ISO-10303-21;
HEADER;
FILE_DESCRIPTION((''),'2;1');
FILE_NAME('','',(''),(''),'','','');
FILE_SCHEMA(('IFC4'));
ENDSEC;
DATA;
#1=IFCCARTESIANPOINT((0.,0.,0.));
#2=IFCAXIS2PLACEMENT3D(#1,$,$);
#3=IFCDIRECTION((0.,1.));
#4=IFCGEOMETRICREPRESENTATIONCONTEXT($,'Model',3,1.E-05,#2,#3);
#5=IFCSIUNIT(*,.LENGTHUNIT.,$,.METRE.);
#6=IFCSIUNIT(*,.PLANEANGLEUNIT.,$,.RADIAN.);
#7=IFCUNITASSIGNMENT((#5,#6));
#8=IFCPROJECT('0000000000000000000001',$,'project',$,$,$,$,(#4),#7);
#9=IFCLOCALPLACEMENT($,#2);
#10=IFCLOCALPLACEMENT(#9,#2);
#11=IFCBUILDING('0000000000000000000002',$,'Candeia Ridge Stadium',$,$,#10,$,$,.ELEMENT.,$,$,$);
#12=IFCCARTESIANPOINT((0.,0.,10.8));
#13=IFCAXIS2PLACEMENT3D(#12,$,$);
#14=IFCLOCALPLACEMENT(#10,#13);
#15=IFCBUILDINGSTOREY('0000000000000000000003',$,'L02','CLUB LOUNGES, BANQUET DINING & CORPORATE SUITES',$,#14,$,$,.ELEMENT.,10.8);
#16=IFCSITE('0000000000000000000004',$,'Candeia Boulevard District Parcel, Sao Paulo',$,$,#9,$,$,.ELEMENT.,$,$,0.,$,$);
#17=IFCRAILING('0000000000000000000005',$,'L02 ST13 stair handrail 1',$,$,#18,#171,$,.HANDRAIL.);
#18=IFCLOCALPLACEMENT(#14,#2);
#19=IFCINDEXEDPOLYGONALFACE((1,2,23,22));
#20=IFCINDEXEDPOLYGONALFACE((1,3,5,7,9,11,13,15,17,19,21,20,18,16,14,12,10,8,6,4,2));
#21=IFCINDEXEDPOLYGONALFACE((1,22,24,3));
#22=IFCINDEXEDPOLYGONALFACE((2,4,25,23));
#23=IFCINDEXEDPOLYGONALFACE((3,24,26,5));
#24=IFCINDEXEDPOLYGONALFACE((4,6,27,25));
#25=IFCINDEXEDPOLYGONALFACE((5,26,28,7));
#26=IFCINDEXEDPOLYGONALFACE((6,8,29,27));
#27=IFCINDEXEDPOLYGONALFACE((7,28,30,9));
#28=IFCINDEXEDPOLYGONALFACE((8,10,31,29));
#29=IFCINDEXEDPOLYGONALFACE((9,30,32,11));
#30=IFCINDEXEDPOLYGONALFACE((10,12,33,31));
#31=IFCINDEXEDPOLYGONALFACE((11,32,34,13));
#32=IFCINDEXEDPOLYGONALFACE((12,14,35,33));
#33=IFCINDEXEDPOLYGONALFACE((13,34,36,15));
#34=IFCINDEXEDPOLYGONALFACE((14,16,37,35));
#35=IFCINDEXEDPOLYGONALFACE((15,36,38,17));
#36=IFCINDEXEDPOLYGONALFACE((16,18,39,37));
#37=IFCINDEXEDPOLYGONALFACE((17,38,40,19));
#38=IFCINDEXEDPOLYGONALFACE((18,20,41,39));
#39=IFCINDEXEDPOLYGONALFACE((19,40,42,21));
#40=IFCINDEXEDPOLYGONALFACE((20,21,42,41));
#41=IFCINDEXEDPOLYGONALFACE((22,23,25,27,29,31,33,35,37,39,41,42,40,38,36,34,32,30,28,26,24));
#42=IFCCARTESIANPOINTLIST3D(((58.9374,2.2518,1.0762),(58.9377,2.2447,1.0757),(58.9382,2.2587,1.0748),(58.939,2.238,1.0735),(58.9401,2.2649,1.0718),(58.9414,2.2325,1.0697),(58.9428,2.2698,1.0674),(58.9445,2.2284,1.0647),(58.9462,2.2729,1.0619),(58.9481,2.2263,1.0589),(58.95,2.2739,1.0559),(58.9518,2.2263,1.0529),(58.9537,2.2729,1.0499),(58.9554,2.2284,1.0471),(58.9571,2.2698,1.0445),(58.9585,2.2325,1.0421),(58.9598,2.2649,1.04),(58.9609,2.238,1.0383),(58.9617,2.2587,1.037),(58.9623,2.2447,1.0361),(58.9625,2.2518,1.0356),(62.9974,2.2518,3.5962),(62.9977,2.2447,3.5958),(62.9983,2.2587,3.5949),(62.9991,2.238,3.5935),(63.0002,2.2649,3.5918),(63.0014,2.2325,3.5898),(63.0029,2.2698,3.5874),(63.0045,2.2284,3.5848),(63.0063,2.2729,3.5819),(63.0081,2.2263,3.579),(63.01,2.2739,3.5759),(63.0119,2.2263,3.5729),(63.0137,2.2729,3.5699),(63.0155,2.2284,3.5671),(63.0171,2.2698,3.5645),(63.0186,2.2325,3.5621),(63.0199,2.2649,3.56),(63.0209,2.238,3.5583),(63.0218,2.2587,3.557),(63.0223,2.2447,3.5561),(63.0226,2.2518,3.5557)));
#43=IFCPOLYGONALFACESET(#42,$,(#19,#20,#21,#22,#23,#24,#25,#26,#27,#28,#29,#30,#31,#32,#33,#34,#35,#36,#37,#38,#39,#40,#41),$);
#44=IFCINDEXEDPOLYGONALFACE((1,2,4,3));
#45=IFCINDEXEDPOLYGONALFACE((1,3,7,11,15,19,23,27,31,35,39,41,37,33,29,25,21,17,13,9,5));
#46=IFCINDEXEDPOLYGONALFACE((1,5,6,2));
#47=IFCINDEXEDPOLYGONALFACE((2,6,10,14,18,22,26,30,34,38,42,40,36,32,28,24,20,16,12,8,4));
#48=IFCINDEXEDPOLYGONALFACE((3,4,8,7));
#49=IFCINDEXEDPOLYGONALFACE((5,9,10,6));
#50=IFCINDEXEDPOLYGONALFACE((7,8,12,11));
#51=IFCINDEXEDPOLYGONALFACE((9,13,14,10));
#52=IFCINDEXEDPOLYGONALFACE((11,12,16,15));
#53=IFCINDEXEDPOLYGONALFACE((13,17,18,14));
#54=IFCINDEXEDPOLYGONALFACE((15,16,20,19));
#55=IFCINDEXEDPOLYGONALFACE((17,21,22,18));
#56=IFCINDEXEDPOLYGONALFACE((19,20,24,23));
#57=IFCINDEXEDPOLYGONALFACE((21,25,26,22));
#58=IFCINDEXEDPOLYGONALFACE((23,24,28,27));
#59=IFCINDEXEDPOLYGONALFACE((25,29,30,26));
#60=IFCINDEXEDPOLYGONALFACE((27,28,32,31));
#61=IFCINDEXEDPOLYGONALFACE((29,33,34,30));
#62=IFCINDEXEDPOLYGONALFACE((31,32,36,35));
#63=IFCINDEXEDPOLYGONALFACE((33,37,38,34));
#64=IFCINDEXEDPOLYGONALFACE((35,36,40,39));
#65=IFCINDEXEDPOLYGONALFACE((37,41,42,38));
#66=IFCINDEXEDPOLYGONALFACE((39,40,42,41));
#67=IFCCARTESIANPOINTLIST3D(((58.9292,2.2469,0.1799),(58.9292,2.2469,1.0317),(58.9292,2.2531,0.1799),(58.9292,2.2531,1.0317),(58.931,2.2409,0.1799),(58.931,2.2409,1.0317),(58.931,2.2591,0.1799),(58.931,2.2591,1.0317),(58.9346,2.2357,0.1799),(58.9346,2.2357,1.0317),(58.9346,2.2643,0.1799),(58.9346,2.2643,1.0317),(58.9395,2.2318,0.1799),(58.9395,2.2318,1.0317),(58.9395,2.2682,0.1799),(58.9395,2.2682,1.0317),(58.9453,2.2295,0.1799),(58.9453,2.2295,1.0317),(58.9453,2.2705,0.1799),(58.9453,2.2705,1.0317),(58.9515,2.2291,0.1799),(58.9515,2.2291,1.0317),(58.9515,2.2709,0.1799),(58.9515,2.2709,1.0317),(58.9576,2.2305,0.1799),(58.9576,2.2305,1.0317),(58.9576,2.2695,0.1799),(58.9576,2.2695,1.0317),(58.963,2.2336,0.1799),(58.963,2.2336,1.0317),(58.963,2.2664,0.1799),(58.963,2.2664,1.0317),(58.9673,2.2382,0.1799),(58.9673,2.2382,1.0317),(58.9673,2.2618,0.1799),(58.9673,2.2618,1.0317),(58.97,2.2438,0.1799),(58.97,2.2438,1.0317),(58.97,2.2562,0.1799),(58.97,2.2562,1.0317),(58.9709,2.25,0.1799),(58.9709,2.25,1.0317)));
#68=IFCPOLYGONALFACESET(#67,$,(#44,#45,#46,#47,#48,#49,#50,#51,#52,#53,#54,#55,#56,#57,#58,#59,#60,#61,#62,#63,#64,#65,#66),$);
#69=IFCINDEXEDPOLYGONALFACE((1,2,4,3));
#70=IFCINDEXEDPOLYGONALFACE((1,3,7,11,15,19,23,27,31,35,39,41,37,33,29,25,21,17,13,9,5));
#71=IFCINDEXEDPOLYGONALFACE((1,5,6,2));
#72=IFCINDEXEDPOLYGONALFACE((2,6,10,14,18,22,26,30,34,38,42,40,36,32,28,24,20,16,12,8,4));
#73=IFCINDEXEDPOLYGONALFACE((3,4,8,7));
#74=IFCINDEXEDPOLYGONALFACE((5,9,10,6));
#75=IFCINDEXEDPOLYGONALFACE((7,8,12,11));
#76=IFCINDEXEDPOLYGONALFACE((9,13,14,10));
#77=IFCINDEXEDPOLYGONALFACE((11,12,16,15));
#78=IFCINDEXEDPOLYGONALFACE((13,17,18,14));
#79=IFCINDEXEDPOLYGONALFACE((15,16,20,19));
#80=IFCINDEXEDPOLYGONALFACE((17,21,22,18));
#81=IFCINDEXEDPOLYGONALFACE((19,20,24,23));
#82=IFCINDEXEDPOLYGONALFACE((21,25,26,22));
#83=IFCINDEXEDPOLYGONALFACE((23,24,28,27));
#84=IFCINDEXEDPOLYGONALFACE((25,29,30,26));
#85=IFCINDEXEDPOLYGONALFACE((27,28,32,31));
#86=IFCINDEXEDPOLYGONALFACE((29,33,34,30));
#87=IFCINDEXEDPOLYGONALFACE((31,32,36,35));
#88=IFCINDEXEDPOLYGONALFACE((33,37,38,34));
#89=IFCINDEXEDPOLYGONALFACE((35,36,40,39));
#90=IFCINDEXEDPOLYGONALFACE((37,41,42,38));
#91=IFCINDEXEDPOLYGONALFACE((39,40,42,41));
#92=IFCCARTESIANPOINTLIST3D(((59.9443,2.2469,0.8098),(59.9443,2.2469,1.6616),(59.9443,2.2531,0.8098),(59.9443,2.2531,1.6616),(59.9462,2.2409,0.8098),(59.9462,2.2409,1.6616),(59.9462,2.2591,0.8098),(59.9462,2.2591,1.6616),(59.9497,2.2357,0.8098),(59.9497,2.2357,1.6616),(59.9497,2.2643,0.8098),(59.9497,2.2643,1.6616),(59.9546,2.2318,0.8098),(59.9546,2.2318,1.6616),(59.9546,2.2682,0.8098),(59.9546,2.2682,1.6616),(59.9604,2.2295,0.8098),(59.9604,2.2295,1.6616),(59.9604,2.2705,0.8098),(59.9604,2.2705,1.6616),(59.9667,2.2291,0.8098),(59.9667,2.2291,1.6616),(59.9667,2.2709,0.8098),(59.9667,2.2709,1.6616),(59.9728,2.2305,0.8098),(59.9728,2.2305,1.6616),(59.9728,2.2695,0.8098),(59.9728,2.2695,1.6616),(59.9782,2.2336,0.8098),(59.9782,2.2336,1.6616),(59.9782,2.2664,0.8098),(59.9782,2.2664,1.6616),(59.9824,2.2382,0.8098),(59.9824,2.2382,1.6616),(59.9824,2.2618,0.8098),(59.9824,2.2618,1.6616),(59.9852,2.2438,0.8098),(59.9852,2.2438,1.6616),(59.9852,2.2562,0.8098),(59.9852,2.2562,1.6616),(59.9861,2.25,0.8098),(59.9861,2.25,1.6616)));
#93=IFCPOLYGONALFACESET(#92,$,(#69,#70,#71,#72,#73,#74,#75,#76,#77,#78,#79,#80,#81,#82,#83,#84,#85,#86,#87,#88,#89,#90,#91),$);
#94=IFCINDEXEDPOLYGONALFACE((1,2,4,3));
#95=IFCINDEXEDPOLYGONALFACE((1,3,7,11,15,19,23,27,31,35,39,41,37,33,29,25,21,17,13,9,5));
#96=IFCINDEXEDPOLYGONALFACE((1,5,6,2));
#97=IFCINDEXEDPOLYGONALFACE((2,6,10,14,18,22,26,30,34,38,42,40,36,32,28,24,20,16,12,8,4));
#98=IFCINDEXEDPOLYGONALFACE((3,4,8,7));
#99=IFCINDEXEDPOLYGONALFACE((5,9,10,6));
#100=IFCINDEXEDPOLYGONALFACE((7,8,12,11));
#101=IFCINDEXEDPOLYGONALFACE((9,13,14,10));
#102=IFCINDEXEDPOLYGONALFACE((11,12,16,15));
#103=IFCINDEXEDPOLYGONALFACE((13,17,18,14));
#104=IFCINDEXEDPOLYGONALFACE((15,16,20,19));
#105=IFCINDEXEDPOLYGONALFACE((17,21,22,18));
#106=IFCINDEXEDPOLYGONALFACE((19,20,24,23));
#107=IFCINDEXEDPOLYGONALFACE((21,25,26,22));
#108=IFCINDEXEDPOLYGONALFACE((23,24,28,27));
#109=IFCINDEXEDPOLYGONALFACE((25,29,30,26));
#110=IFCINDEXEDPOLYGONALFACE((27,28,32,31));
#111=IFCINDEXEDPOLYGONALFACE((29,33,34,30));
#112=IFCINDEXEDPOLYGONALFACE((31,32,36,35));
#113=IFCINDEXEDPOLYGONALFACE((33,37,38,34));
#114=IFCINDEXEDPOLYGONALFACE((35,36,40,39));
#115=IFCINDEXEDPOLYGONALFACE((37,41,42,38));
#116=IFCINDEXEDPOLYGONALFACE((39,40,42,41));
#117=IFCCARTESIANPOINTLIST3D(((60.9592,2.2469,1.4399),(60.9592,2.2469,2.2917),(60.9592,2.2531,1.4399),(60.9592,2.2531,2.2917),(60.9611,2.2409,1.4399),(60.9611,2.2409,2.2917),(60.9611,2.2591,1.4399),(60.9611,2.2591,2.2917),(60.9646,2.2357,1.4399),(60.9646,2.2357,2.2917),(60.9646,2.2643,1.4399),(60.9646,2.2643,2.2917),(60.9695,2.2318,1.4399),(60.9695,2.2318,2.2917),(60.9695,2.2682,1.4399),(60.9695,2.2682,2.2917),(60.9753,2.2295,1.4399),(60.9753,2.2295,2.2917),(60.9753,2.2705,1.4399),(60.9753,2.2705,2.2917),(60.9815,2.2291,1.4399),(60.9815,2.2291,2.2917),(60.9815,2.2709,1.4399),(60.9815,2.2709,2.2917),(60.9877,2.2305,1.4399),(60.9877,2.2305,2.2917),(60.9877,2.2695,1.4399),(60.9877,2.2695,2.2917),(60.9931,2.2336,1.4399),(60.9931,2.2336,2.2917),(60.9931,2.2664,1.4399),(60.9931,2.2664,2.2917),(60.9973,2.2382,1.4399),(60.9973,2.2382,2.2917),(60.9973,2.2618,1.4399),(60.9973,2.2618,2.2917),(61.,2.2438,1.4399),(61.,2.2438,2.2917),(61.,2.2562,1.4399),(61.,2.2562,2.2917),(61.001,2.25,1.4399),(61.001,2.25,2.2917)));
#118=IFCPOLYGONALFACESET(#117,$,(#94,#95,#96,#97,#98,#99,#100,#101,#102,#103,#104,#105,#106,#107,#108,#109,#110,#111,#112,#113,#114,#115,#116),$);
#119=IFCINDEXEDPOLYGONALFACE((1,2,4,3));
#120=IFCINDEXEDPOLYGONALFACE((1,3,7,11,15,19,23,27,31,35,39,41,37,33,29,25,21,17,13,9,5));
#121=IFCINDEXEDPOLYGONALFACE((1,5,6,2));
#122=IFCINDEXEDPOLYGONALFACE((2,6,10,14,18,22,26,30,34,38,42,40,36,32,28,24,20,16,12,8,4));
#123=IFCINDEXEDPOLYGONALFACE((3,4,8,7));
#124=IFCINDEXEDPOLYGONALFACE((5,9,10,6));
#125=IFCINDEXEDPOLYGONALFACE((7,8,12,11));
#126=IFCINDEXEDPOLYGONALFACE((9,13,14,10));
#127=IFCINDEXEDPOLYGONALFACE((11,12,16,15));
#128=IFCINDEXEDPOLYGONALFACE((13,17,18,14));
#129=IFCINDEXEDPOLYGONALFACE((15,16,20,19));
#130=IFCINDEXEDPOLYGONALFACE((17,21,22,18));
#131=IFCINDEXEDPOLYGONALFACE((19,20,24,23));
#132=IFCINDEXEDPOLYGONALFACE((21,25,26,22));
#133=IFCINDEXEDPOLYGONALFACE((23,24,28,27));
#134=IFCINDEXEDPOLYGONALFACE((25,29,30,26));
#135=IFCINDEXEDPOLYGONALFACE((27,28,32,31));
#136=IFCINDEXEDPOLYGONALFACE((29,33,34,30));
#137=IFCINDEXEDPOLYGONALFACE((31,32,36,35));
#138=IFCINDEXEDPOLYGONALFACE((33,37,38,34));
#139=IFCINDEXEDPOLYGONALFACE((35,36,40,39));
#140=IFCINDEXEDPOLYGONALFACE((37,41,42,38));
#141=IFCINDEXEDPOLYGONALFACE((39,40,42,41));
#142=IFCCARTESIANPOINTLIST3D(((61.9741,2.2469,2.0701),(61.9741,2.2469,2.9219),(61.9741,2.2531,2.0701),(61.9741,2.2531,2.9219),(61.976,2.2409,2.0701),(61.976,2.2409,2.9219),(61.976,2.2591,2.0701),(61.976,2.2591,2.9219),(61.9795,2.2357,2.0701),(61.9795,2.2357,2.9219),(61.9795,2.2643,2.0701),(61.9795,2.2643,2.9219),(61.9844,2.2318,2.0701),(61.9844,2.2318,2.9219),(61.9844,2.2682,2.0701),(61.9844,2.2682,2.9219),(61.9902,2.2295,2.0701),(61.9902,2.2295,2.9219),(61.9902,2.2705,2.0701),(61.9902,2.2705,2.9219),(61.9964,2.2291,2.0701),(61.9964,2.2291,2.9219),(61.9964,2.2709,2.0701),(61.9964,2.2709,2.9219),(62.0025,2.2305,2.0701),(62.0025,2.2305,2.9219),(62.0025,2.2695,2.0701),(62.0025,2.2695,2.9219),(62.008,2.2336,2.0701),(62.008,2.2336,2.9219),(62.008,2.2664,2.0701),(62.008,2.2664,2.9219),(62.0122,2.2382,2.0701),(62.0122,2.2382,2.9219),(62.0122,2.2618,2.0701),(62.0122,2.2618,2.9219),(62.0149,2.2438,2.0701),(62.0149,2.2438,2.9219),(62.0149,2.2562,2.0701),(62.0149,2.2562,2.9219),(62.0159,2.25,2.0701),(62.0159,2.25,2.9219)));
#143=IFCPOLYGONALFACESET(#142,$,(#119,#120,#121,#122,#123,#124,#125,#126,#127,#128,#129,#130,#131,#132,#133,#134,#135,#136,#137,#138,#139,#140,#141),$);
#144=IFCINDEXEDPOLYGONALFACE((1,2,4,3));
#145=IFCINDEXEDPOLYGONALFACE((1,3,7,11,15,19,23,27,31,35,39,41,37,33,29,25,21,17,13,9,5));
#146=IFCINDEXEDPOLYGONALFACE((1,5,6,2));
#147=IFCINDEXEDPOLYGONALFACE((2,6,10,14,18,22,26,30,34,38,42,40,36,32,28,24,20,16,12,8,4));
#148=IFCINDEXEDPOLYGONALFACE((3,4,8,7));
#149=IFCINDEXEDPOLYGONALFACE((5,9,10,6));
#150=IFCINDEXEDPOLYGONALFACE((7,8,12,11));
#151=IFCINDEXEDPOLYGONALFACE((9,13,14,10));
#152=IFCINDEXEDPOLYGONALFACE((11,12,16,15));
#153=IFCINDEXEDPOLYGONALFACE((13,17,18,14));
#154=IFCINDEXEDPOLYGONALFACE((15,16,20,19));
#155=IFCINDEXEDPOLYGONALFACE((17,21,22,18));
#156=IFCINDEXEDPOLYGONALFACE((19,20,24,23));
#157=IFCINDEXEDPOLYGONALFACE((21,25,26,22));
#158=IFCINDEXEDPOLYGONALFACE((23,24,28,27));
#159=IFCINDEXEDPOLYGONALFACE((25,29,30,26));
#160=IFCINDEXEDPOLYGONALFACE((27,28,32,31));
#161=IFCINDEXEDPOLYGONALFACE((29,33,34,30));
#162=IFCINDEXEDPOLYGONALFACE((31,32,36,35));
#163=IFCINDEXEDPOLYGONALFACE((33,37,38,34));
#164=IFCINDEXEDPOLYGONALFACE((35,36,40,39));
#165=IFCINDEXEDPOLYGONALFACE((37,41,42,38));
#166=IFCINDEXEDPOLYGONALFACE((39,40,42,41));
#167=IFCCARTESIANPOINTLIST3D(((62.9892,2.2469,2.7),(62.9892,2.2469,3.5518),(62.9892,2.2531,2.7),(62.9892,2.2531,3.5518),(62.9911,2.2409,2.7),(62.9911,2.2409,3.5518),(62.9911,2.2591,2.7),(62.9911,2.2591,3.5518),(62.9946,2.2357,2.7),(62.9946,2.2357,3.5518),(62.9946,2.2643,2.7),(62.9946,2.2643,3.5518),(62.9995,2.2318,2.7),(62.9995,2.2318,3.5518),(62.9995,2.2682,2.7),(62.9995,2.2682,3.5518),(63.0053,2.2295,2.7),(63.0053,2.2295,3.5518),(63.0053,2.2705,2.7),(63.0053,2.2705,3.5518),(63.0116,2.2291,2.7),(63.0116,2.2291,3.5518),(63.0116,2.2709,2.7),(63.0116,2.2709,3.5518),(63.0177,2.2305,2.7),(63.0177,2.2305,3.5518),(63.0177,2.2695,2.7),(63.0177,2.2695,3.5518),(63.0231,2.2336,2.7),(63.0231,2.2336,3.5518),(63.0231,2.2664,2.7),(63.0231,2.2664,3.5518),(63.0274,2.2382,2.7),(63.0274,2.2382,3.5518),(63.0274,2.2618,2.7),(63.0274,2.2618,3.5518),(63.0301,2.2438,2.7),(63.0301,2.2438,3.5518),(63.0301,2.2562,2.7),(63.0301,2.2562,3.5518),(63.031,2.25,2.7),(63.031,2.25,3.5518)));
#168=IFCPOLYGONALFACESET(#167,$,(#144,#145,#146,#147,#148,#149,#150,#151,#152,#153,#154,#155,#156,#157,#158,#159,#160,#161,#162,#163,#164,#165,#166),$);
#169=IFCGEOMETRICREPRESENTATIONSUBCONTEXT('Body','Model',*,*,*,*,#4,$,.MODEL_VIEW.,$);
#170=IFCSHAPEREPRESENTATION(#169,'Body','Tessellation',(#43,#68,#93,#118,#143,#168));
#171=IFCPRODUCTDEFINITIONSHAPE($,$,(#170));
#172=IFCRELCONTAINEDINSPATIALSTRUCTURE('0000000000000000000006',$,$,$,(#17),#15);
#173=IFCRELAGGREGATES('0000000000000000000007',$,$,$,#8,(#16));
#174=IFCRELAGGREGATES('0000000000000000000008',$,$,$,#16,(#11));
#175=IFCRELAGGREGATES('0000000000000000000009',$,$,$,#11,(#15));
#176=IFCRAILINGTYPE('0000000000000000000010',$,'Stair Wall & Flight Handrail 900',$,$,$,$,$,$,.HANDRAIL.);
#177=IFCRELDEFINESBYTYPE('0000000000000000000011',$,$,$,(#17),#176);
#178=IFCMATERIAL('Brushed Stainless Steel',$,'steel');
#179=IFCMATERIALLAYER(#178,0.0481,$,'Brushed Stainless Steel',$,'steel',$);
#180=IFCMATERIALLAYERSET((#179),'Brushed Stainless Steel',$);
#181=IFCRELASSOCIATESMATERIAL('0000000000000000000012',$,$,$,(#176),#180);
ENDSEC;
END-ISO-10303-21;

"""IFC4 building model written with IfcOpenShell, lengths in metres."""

from ifc_helpers import new_model, si_unit, direction, frame, origin, origin_2d, place, context, subcontext, project, spatial, circle, extrude, material, layer, layer_set, type_object, element, save


model = new_model("IFC4")

# Units and contexts
model_context = context("Model", 3, precision=1e-05, world=origin(), true_north=direction((0.0, 1.0)))
body_context = subcontext(model_context, "Body", "Model", "MODEL_VIEW")
ifc_project = project(units=[si_unit("LENGTHUNIT", "METRE"), si_unit("PLANEANGLEUNIT", "RADIAN")], contexts=[model_context])

# Site, building, storey
site_placement = place(None, origin())
site = spatial("IfcSite", under=ifc_project, at=site_placement, Name="Candeia Boulevard District Parcel, Sao Paulo", CompositionType="ELEMENT", RefElevation=0.0)
building_placement = place(site_placement, origin())
building = spatial("IfcBuilding", under=site, at=building_placement, Name="Candeia Ridge Stadium", CompositionType="ELEMENT")
storey_placement = place(building_placement, frame((0.0, 0.0, 10.8)))
storey = spatial("IfcBuildingStorey", under=building, at=storey_placement, Name="L02", Description="CLUB LOUNGES, BANQUET DINING & CORPORATE SUITES", CompositionType="ELEMENT", Elevation=10.8)

# Railing
ifc_material_1 = material(Name="Brushed Stainless Steel", Category="steel")
ifc_layer_1 = layer(ifc_material_1, 0.0481, Name="Brushed Stainless Steel", Category="steel")
ifc_layer_set_1 = layer_set([ifc_layer_1], Name="Brushed Stainless Steel")
railing_type = type_object("IfcRailingType", Name="Stair Wall & Flight Handrail 900", PredefinedType="HANDRAIL", material=ifc_layer_set_1)
railing_placement = place(storey_placement, frame((58.95, 2.25, 0.1799)))
element("IfcRailing", 1, at=railing_placement, inside=storey, type_object=railing_type, Name="L02 ST13 stair handrail 1", PredefinedType="HANDRAIL", context=body_context, shape_type="SweptSolid", body=[
    extrude(circle(Radius=0.0239, at=origin_2d()), frame((0.0, 0.0, 0.876), z_axis=(0.849642, 0.0, 0.52736), x_axis=(0.0, 1.0, 0.0)), (0.0, 0.0, 1.0), 4.7786),
    extrude(circle(Radius=0.021, at=origin_2d()), origin(), (0.0, 0.0, 1.0), 0.8518),
    extrude(circle(Radius=0.021, at=origin_2d()), frame((1.0151, 0.0, 0.6299)), (0.0, 0.0, 1.0), 0.8518),
    extrude(circle(Radius=0.021, at=origin_2d()), frame((2.03, 0.0, 1.26)), (0.0, 0.0, 1.0), 0.8518),
    extrude(circle(Radius=0.021, at=origin_2d()), frame((3.0449, 0.0, 1.8901)), (0.0, 0.0, 1.0), 0.8518),
    extrude(circle(Radius=0.021, at=origin_2d()), frame((4.0601, 0.0, 2.52)), (0.0, 0.0, 1.0), 0.8518),
])

save(model, "model.ifc")
